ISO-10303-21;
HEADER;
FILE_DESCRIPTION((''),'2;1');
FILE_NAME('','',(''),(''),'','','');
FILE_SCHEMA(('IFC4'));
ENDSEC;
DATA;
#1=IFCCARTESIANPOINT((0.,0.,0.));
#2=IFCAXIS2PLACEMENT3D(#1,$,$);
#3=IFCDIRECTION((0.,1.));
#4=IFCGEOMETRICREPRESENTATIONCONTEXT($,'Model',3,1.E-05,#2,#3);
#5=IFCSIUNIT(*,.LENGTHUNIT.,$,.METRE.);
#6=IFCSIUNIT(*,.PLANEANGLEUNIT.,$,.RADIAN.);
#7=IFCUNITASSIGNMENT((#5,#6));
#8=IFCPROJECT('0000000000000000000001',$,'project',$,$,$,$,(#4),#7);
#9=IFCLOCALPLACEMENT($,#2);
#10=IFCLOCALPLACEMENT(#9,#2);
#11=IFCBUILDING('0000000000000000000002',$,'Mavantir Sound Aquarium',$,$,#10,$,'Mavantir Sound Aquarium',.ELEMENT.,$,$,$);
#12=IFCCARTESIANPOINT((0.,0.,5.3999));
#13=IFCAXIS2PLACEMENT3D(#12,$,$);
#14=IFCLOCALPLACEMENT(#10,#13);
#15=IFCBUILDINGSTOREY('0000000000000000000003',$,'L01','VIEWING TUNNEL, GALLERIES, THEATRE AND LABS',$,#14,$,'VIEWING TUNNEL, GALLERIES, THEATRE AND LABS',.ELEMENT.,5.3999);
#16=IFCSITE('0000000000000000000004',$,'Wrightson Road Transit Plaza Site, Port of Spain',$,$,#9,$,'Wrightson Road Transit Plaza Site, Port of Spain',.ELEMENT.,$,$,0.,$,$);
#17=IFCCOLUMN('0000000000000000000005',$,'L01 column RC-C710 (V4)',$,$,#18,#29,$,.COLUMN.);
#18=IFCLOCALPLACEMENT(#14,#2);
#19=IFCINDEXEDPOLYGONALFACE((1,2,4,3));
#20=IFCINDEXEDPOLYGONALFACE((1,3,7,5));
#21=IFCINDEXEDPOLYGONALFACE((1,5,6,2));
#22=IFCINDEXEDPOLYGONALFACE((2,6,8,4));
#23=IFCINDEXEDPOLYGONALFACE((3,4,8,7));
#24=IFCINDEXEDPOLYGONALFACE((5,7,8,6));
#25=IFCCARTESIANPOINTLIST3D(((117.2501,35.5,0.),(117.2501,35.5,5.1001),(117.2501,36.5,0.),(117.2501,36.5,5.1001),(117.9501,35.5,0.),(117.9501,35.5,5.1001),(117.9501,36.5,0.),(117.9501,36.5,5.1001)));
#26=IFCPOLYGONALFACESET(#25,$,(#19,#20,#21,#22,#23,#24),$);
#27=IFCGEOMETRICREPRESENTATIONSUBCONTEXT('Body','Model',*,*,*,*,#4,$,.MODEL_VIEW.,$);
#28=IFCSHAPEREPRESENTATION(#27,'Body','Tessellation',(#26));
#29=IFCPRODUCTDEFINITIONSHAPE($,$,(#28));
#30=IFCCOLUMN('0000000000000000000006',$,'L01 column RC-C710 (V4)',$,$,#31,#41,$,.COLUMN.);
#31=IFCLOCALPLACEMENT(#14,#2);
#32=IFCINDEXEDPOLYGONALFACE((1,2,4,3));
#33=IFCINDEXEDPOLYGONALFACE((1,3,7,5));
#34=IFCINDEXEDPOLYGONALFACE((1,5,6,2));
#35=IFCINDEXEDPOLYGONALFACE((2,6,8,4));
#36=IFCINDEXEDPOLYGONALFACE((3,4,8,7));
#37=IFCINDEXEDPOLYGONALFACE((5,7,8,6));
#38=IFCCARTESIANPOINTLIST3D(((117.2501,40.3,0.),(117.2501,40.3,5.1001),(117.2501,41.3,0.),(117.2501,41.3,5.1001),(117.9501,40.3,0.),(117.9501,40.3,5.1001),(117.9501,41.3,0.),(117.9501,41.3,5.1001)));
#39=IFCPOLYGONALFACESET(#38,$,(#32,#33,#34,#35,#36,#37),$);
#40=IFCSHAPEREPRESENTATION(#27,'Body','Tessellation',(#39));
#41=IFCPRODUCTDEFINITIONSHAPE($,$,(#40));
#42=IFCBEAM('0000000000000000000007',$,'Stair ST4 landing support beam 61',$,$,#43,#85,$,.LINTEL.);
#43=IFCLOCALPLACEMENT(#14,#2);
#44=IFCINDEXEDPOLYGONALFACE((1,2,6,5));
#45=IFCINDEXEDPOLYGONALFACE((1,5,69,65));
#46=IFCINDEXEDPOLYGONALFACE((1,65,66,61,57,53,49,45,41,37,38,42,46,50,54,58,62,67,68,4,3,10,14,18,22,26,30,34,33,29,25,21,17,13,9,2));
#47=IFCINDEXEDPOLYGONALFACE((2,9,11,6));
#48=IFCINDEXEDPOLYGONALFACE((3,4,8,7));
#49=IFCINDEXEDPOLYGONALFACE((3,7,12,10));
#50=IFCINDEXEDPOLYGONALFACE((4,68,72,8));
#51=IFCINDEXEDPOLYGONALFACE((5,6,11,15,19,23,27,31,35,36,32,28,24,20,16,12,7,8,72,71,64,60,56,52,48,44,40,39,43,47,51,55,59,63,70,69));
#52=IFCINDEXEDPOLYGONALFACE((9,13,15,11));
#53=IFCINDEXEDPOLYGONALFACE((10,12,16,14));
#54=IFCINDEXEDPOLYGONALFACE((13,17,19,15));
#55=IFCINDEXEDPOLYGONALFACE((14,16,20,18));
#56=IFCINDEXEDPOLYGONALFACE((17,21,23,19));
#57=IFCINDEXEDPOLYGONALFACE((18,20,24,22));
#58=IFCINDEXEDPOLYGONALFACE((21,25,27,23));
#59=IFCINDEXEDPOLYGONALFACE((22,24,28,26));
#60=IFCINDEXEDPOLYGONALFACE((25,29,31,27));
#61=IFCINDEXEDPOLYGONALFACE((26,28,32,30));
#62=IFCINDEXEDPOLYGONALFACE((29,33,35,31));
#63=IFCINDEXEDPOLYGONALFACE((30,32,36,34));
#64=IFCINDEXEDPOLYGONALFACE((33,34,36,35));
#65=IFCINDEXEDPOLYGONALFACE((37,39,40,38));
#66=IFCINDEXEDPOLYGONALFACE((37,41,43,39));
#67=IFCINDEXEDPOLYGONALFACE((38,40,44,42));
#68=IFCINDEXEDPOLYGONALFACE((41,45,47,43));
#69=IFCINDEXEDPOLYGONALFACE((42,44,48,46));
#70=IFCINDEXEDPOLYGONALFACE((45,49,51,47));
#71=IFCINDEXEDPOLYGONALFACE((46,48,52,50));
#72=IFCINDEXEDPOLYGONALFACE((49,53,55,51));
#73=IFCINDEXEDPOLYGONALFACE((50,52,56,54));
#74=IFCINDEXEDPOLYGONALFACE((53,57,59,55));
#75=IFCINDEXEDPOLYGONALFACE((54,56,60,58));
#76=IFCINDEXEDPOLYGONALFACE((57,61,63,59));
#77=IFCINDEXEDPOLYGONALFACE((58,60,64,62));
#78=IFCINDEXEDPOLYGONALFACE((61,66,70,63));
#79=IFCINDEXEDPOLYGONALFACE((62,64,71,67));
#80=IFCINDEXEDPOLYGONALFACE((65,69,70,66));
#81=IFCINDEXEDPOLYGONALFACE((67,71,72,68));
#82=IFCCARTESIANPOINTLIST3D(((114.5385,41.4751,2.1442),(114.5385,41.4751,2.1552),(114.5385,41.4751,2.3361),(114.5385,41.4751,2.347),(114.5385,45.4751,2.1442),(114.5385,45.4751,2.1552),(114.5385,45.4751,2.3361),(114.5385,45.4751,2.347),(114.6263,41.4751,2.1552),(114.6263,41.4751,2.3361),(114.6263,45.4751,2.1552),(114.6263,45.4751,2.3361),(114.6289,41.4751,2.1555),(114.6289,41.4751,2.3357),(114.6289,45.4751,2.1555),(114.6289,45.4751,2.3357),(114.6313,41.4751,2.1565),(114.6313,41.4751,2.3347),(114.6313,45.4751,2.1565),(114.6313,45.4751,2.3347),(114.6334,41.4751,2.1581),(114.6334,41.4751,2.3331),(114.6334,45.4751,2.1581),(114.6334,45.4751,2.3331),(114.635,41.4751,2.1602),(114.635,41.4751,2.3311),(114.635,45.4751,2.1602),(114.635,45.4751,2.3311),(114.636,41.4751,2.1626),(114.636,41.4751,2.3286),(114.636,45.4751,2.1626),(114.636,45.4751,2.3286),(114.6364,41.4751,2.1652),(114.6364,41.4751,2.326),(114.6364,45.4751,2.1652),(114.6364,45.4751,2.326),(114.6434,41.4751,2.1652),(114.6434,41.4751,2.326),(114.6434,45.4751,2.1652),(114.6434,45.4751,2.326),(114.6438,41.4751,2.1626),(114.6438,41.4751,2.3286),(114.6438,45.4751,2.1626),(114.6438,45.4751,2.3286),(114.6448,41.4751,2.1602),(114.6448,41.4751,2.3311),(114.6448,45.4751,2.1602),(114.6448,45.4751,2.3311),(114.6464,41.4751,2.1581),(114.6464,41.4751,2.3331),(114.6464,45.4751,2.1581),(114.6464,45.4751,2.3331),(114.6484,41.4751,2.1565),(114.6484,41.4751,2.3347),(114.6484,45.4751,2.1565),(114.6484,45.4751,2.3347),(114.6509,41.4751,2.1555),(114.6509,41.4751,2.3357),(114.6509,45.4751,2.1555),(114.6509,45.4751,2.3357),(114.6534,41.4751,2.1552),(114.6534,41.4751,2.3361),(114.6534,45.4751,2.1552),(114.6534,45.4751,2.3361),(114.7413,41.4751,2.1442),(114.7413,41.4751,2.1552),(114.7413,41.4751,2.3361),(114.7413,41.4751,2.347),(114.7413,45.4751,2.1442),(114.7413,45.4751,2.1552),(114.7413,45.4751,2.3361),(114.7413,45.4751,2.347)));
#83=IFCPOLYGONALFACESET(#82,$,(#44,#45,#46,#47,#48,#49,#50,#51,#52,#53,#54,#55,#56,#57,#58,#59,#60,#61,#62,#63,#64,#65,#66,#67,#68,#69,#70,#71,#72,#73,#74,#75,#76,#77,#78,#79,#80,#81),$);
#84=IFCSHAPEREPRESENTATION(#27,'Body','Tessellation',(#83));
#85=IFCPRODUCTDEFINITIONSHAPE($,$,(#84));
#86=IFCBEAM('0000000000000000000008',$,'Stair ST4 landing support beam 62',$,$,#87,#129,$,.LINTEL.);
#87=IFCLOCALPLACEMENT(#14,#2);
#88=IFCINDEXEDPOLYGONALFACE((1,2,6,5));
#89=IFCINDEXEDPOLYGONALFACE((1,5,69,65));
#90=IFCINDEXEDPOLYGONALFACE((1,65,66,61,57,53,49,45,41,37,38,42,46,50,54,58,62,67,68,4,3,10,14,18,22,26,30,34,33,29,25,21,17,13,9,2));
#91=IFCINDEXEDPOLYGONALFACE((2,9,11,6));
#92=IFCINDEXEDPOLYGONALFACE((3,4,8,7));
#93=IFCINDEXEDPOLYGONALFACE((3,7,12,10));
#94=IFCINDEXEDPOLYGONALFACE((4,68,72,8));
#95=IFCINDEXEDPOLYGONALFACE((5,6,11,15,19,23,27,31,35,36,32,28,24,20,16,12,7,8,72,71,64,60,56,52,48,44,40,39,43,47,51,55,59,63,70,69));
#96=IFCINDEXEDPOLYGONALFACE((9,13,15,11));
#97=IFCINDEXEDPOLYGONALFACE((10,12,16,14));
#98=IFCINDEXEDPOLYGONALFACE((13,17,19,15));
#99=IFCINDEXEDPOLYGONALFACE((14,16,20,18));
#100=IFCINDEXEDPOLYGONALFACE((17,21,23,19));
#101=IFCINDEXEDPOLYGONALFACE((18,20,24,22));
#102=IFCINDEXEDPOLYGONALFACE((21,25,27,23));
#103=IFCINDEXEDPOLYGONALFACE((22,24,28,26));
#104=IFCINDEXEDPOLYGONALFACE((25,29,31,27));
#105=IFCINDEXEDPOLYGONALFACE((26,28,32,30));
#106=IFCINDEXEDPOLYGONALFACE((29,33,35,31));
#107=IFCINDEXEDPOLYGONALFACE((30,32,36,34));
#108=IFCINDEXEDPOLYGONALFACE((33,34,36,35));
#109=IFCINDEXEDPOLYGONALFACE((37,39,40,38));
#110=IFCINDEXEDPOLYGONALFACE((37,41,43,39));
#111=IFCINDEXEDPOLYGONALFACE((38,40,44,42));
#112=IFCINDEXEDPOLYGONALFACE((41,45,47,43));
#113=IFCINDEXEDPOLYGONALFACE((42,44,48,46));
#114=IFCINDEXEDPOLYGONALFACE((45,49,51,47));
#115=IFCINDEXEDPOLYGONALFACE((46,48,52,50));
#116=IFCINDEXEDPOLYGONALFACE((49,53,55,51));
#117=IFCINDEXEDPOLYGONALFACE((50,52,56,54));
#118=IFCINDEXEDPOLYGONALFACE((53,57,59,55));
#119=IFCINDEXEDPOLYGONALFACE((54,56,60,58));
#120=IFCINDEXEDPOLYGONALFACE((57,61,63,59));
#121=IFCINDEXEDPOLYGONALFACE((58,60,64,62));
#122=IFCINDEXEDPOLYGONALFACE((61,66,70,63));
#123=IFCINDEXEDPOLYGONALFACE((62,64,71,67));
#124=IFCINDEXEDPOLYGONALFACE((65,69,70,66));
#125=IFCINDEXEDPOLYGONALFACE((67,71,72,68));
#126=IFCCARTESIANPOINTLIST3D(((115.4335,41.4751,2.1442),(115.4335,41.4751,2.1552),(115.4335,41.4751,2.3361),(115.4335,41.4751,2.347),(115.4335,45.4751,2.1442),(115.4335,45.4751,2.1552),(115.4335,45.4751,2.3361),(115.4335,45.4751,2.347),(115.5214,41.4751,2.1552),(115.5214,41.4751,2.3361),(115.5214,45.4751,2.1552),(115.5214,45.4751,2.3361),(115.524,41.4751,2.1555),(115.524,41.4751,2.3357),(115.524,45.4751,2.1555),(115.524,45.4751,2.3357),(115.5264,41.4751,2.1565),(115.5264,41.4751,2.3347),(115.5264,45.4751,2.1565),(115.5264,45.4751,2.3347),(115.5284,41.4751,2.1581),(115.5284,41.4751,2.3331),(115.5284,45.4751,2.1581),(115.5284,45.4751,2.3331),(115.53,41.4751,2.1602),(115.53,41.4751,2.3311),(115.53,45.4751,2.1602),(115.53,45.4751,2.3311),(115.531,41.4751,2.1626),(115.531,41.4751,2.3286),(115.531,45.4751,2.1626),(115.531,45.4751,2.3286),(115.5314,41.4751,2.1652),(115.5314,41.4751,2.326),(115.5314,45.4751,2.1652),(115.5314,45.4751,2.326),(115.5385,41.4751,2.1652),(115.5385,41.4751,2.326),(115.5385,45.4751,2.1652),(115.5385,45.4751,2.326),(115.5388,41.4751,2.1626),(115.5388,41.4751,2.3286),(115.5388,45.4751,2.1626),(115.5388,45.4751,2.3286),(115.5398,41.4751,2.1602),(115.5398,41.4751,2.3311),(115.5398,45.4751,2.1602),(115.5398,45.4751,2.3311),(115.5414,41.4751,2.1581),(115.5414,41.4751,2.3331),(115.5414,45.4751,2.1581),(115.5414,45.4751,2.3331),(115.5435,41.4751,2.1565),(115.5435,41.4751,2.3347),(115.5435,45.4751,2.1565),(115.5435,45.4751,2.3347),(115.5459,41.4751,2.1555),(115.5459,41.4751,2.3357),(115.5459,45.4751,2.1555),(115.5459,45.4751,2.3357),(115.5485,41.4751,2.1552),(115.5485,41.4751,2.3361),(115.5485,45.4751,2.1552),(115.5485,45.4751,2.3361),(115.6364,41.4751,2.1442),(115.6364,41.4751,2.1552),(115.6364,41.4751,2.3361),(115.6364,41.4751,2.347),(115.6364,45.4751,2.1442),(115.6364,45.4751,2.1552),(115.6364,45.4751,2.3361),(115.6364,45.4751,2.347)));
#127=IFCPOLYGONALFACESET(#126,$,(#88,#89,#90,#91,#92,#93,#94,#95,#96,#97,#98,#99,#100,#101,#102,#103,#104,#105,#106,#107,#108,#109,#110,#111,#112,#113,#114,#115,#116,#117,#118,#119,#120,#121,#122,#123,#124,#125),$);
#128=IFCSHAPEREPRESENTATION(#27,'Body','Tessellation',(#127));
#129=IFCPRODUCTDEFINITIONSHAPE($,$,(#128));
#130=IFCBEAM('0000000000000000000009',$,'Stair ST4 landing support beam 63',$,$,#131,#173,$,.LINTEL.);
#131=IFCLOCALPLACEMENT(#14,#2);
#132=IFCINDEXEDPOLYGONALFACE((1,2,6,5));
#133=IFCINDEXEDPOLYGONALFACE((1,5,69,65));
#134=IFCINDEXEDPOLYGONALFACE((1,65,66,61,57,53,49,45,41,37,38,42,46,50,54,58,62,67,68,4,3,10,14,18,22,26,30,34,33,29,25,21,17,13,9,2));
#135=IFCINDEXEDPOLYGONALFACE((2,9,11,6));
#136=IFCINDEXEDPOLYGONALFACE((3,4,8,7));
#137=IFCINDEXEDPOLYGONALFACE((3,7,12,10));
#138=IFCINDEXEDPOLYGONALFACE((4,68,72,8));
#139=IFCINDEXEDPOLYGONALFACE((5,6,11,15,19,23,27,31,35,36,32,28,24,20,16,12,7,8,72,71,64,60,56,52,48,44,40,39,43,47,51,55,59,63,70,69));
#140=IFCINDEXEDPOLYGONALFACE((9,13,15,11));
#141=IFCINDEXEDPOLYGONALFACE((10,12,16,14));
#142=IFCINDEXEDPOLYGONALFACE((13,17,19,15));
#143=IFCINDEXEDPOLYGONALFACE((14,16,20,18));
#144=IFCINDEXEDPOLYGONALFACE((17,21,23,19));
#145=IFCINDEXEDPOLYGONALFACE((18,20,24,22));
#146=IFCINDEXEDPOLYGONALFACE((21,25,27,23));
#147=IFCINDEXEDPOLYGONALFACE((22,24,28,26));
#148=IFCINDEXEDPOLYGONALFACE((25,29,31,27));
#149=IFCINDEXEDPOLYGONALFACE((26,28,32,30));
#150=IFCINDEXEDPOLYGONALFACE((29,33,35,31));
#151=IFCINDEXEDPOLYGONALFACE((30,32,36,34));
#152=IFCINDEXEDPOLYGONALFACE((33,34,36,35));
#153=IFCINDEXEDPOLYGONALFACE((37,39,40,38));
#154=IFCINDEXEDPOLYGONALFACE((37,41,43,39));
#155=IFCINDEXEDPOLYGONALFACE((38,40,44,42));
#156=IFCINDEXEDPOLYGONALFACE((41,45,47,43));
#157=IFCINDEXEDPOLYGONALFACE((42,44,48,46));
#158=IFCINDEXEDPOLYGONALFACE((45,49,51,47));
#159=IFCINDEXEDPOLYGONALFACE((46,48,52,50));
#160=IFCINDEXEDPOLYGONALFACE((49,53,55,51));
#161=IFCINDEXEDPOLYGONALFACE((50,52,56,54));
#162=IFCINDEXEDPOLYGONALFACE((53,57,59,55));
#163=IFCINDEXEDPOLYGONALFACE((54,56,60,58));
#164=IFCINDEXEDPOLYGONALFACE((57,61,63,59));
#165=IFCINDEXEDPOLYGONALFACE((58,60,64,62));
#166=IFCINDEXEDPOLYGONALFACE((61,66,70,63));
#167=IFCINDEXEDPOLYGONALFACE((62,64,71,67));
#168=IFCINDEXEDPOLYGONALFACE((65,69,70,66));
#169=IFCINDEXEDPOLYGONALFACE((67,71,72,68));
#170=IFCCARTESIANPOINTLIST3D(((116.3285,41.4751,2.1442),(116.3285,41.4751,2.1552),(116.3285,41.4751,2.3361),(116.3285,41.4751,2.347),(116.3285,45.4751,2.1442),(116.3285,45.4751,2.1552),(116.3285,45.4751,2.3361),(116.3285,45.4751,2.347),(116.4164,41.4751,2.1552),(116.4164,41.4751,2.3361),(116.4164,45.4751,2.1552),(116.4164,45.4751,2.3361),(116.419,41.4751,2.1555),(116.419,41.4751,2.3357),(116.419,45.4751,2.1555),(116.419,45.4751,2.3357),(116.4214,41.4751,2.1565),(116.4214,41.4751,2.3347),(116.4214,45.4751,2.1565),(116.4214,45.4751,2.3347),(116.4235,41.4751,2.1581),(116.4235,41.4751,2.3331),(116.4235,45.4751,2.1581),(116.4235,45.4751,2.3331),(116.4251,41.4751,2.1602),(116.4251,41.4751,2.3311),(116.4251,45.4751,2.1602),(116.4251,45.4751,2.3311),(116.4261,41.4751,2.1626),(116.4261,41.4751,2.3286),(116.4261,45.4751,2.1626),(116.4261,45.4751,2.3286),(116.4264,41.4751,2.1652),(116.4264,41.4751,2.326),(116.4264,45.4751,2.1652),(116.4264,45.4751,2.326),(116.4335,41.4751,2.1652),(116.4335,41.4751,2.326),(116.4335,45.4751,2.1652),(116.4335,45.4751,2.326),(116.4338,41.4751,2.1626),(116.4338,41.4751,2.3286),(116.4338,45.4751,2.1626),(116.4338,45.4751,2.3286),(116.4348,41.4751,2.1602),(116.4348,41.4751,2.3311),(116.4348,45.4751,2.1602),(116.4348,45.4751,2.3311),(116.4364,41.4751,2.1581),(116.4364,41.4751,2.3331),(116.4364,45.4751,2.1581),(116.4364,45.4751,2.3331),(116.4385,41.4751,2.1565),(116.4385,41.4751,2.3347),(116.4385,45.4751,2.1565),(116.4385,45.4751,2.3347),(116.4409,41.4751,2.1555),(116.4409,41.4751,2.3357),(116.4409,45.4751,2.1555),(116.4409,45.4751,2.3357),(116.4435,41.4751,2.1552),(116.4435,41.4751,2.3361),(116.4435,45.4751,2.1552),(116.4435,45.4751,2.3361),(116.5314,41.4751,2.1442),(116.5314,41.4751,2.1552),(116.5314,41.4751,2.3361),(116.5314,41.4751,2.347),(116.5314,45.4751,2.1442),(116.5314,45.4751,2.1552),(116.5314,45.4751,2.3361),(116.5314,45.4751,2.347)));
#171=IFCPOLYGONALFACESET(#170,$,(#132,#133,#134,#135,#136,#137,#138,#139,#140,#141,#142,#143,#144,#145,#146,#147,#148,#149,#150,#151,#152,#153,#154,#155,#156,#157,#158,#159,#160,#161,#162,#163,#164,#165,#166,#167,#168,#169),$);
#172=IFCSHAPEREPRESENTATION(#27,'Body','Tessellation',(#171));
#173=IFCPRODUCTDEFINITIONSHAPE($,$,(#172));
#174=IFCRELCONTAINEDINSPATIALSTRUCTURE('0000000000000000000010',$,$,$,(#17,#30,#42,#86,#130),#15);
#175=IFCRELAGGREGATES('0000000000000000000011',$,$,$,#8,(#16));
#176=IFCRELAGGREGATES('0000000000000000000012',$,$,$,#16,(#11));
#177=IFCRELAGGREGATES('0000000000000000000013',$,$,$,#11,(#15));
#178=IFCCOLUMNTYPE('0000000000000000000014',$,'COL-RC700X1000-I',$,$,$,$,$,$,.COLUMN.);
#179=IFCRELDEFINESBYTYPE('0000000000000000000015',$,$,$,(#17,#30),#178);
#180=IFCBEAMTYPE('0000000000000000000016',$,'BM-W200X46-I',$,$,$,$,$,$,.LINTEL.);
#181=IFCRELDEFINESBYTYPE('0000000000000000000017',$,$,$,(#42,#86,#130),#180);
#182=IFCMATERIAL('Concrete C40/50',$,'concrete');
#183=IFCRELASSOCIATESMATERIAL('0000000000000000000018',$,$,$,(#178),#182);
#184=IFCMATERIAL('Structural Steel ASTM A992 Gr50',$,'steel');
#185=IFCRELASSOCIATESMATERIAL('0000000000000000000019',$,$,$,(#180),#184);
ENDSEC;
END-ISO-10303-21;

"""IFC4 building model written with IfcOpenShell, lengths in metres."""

from ifc_helpers import new_model, si_unit, direction, frame, origin, origin_2d, place, context, subcontext, project, spatial, rectangle, i_section, extrude, material, material_profile, profile_set, type_object, element, save


model = new_model("IFC4")

# Units and contexts
model_context = context("Model", 3, precision=1e-05, world=origin(), true_north=direction((0.0, 1.0)))
body_context = subcontext(model_context, "Body", "Model", "MODEL_VIEW")
ifc_project = project(units=[si_unit("LENGTHUNIT", "METRE"), si_unit("PLANEANGLEUNIT", "RADIAN")], contexts=[model_context])

# Site, building, storey
site_placement = place(None, origin())
site = spatial("IfcSite", under=ifc_project, at=site_placement, Name="Wrightson Road Transit Plaza Site, Port of Spain", LongName="Wrightson Road Transit Plaza Site, Port of Spain", CompositionType="ELEMENT", RefElevation=0.0)
building_placement = place(site_placement, origin())
building = spatial("IfcBuilding", under=site, at=building_placement, Name="Mavantir Sound Aquarium", LongName="Mavantir Sound Aquarium", CompositionType="ELEMENT")
storey_placement = place(building_placement, frame((0.0, 0.0, 5.3999)))
storey = spatial("IfcBuildingStorey", under=building, at=storey_placement, Name="L01", Description="VIEWING TUNNEL, GALLERIES, THEATRE AND LABS", LongName="VIEWING TUNNEL, GALLERIES, THEATRE AND LABS", CompositionType="ELEMENT", Elevation=5.3999)

# Columns
ifc_material_1 = material(Name="Concrete C40/50", Category="concrete")
ifc_material_profile_1 = material_profile(ifc_material_1, rectangle(XDim=0.7, YDim=1.0, at=origin_2d()), Name="RC 700X1000")
ifc_profile_set_1 = profile_set([ifc_material_profile_1], Name="Concrete C40/50")
column_type = type_object("IfcColumnType", Name="COL-RC700X1000-I", PredefinedType="COLUMN", material=ifc_profile_set_1)
for number, where, z_axis, x_axis, name in (
    (1, (117.6001, 36.0, 0.0), (0.0, 0.0, 1.0), (1.0, 0.0, 0.0), "L01 column RC-C710 (V4)"),
    (2, (117.6001, 40.8, 0.0), (0.0, 0.0, 1.0), (1.0, 0.0, 0.0), "L01 column RC-C710 (V4)"),
):
    element("IfcColumn", number, at=place(storey_placement, frame(where, z_axis=z_axis, x_axis=x_axis)), inside=storey, type_object=column_type, Name=name, PredefinedType="COLUMN", context=body_context, shape_type="SweptSolid", body=[
        extrude(rectangle(XDim=0.7, YDim=1.0, at=origin_2d()), origin(), (0.0, 0.0, 1.0), 5.1001),
    ])

# Beams
ifc_material_2 = material(Name="Structural Steel ASTM A992 Gr50", Category="steel")
ifc_material_profile_2 = material_profile(ifc_material_2, i_section(OverallWidth=0.2029, OverallDepth=0.2029, WebThickness=0.0071, FlangeThickness=0.011, FilletRadius=0.01, at=origin_2d()), Name="W200X46")
ifc_profile_set_2 = profile_set([ifc_material_profile_2], Name="Structural Steel ASTM A992 Gr50")
beam_type_1 = type_object("IfcBeamType", Name="BM-W200X46-I", PredefinedType="LINTEL", material=ifc_profile_set_2)
for number, where, z_axis, x_axis, name in (
    (3, (114.6399, 41.4751, 2.2456), (0.0, 1.0, 0.0), (-1.0, 0.0, 0.0), "Stair ST4 landing support beam 61"),
    (4, (115.5349, 41.4751, 2.2456), (0.0, 1.0, 0.0), (-1.0, 0.0, 0.0), "Stair ST4 landing support beam 62"),
    (5, (116.4299, 41.4751, 2.2456), (0.0, 1.0, 0.0), (-1.0, 0.0, 0.0), "Stair ST4 landing support beam 63"),
):
    element("IfcBeam", number, at=place(storey_placement, frame(where, z_axis=z_axis, x_axis=x_axis)), inside=storey, type_object=beam_type_1, Name=name, PredefinedType="LINTEL", context=body_context, shape_type="SweptSolid", body=[
        extrude(i_section(OverallWidth=0.2029, OverallDepth=0.2029, WebThickness=0.0071, FlangeThickness=0.011, FilletRadius=0.01, at=origin_2d()), origin(), (0.0, 0.0, 1.0), 4.0),
    ])

save(model, "model.ifc")
